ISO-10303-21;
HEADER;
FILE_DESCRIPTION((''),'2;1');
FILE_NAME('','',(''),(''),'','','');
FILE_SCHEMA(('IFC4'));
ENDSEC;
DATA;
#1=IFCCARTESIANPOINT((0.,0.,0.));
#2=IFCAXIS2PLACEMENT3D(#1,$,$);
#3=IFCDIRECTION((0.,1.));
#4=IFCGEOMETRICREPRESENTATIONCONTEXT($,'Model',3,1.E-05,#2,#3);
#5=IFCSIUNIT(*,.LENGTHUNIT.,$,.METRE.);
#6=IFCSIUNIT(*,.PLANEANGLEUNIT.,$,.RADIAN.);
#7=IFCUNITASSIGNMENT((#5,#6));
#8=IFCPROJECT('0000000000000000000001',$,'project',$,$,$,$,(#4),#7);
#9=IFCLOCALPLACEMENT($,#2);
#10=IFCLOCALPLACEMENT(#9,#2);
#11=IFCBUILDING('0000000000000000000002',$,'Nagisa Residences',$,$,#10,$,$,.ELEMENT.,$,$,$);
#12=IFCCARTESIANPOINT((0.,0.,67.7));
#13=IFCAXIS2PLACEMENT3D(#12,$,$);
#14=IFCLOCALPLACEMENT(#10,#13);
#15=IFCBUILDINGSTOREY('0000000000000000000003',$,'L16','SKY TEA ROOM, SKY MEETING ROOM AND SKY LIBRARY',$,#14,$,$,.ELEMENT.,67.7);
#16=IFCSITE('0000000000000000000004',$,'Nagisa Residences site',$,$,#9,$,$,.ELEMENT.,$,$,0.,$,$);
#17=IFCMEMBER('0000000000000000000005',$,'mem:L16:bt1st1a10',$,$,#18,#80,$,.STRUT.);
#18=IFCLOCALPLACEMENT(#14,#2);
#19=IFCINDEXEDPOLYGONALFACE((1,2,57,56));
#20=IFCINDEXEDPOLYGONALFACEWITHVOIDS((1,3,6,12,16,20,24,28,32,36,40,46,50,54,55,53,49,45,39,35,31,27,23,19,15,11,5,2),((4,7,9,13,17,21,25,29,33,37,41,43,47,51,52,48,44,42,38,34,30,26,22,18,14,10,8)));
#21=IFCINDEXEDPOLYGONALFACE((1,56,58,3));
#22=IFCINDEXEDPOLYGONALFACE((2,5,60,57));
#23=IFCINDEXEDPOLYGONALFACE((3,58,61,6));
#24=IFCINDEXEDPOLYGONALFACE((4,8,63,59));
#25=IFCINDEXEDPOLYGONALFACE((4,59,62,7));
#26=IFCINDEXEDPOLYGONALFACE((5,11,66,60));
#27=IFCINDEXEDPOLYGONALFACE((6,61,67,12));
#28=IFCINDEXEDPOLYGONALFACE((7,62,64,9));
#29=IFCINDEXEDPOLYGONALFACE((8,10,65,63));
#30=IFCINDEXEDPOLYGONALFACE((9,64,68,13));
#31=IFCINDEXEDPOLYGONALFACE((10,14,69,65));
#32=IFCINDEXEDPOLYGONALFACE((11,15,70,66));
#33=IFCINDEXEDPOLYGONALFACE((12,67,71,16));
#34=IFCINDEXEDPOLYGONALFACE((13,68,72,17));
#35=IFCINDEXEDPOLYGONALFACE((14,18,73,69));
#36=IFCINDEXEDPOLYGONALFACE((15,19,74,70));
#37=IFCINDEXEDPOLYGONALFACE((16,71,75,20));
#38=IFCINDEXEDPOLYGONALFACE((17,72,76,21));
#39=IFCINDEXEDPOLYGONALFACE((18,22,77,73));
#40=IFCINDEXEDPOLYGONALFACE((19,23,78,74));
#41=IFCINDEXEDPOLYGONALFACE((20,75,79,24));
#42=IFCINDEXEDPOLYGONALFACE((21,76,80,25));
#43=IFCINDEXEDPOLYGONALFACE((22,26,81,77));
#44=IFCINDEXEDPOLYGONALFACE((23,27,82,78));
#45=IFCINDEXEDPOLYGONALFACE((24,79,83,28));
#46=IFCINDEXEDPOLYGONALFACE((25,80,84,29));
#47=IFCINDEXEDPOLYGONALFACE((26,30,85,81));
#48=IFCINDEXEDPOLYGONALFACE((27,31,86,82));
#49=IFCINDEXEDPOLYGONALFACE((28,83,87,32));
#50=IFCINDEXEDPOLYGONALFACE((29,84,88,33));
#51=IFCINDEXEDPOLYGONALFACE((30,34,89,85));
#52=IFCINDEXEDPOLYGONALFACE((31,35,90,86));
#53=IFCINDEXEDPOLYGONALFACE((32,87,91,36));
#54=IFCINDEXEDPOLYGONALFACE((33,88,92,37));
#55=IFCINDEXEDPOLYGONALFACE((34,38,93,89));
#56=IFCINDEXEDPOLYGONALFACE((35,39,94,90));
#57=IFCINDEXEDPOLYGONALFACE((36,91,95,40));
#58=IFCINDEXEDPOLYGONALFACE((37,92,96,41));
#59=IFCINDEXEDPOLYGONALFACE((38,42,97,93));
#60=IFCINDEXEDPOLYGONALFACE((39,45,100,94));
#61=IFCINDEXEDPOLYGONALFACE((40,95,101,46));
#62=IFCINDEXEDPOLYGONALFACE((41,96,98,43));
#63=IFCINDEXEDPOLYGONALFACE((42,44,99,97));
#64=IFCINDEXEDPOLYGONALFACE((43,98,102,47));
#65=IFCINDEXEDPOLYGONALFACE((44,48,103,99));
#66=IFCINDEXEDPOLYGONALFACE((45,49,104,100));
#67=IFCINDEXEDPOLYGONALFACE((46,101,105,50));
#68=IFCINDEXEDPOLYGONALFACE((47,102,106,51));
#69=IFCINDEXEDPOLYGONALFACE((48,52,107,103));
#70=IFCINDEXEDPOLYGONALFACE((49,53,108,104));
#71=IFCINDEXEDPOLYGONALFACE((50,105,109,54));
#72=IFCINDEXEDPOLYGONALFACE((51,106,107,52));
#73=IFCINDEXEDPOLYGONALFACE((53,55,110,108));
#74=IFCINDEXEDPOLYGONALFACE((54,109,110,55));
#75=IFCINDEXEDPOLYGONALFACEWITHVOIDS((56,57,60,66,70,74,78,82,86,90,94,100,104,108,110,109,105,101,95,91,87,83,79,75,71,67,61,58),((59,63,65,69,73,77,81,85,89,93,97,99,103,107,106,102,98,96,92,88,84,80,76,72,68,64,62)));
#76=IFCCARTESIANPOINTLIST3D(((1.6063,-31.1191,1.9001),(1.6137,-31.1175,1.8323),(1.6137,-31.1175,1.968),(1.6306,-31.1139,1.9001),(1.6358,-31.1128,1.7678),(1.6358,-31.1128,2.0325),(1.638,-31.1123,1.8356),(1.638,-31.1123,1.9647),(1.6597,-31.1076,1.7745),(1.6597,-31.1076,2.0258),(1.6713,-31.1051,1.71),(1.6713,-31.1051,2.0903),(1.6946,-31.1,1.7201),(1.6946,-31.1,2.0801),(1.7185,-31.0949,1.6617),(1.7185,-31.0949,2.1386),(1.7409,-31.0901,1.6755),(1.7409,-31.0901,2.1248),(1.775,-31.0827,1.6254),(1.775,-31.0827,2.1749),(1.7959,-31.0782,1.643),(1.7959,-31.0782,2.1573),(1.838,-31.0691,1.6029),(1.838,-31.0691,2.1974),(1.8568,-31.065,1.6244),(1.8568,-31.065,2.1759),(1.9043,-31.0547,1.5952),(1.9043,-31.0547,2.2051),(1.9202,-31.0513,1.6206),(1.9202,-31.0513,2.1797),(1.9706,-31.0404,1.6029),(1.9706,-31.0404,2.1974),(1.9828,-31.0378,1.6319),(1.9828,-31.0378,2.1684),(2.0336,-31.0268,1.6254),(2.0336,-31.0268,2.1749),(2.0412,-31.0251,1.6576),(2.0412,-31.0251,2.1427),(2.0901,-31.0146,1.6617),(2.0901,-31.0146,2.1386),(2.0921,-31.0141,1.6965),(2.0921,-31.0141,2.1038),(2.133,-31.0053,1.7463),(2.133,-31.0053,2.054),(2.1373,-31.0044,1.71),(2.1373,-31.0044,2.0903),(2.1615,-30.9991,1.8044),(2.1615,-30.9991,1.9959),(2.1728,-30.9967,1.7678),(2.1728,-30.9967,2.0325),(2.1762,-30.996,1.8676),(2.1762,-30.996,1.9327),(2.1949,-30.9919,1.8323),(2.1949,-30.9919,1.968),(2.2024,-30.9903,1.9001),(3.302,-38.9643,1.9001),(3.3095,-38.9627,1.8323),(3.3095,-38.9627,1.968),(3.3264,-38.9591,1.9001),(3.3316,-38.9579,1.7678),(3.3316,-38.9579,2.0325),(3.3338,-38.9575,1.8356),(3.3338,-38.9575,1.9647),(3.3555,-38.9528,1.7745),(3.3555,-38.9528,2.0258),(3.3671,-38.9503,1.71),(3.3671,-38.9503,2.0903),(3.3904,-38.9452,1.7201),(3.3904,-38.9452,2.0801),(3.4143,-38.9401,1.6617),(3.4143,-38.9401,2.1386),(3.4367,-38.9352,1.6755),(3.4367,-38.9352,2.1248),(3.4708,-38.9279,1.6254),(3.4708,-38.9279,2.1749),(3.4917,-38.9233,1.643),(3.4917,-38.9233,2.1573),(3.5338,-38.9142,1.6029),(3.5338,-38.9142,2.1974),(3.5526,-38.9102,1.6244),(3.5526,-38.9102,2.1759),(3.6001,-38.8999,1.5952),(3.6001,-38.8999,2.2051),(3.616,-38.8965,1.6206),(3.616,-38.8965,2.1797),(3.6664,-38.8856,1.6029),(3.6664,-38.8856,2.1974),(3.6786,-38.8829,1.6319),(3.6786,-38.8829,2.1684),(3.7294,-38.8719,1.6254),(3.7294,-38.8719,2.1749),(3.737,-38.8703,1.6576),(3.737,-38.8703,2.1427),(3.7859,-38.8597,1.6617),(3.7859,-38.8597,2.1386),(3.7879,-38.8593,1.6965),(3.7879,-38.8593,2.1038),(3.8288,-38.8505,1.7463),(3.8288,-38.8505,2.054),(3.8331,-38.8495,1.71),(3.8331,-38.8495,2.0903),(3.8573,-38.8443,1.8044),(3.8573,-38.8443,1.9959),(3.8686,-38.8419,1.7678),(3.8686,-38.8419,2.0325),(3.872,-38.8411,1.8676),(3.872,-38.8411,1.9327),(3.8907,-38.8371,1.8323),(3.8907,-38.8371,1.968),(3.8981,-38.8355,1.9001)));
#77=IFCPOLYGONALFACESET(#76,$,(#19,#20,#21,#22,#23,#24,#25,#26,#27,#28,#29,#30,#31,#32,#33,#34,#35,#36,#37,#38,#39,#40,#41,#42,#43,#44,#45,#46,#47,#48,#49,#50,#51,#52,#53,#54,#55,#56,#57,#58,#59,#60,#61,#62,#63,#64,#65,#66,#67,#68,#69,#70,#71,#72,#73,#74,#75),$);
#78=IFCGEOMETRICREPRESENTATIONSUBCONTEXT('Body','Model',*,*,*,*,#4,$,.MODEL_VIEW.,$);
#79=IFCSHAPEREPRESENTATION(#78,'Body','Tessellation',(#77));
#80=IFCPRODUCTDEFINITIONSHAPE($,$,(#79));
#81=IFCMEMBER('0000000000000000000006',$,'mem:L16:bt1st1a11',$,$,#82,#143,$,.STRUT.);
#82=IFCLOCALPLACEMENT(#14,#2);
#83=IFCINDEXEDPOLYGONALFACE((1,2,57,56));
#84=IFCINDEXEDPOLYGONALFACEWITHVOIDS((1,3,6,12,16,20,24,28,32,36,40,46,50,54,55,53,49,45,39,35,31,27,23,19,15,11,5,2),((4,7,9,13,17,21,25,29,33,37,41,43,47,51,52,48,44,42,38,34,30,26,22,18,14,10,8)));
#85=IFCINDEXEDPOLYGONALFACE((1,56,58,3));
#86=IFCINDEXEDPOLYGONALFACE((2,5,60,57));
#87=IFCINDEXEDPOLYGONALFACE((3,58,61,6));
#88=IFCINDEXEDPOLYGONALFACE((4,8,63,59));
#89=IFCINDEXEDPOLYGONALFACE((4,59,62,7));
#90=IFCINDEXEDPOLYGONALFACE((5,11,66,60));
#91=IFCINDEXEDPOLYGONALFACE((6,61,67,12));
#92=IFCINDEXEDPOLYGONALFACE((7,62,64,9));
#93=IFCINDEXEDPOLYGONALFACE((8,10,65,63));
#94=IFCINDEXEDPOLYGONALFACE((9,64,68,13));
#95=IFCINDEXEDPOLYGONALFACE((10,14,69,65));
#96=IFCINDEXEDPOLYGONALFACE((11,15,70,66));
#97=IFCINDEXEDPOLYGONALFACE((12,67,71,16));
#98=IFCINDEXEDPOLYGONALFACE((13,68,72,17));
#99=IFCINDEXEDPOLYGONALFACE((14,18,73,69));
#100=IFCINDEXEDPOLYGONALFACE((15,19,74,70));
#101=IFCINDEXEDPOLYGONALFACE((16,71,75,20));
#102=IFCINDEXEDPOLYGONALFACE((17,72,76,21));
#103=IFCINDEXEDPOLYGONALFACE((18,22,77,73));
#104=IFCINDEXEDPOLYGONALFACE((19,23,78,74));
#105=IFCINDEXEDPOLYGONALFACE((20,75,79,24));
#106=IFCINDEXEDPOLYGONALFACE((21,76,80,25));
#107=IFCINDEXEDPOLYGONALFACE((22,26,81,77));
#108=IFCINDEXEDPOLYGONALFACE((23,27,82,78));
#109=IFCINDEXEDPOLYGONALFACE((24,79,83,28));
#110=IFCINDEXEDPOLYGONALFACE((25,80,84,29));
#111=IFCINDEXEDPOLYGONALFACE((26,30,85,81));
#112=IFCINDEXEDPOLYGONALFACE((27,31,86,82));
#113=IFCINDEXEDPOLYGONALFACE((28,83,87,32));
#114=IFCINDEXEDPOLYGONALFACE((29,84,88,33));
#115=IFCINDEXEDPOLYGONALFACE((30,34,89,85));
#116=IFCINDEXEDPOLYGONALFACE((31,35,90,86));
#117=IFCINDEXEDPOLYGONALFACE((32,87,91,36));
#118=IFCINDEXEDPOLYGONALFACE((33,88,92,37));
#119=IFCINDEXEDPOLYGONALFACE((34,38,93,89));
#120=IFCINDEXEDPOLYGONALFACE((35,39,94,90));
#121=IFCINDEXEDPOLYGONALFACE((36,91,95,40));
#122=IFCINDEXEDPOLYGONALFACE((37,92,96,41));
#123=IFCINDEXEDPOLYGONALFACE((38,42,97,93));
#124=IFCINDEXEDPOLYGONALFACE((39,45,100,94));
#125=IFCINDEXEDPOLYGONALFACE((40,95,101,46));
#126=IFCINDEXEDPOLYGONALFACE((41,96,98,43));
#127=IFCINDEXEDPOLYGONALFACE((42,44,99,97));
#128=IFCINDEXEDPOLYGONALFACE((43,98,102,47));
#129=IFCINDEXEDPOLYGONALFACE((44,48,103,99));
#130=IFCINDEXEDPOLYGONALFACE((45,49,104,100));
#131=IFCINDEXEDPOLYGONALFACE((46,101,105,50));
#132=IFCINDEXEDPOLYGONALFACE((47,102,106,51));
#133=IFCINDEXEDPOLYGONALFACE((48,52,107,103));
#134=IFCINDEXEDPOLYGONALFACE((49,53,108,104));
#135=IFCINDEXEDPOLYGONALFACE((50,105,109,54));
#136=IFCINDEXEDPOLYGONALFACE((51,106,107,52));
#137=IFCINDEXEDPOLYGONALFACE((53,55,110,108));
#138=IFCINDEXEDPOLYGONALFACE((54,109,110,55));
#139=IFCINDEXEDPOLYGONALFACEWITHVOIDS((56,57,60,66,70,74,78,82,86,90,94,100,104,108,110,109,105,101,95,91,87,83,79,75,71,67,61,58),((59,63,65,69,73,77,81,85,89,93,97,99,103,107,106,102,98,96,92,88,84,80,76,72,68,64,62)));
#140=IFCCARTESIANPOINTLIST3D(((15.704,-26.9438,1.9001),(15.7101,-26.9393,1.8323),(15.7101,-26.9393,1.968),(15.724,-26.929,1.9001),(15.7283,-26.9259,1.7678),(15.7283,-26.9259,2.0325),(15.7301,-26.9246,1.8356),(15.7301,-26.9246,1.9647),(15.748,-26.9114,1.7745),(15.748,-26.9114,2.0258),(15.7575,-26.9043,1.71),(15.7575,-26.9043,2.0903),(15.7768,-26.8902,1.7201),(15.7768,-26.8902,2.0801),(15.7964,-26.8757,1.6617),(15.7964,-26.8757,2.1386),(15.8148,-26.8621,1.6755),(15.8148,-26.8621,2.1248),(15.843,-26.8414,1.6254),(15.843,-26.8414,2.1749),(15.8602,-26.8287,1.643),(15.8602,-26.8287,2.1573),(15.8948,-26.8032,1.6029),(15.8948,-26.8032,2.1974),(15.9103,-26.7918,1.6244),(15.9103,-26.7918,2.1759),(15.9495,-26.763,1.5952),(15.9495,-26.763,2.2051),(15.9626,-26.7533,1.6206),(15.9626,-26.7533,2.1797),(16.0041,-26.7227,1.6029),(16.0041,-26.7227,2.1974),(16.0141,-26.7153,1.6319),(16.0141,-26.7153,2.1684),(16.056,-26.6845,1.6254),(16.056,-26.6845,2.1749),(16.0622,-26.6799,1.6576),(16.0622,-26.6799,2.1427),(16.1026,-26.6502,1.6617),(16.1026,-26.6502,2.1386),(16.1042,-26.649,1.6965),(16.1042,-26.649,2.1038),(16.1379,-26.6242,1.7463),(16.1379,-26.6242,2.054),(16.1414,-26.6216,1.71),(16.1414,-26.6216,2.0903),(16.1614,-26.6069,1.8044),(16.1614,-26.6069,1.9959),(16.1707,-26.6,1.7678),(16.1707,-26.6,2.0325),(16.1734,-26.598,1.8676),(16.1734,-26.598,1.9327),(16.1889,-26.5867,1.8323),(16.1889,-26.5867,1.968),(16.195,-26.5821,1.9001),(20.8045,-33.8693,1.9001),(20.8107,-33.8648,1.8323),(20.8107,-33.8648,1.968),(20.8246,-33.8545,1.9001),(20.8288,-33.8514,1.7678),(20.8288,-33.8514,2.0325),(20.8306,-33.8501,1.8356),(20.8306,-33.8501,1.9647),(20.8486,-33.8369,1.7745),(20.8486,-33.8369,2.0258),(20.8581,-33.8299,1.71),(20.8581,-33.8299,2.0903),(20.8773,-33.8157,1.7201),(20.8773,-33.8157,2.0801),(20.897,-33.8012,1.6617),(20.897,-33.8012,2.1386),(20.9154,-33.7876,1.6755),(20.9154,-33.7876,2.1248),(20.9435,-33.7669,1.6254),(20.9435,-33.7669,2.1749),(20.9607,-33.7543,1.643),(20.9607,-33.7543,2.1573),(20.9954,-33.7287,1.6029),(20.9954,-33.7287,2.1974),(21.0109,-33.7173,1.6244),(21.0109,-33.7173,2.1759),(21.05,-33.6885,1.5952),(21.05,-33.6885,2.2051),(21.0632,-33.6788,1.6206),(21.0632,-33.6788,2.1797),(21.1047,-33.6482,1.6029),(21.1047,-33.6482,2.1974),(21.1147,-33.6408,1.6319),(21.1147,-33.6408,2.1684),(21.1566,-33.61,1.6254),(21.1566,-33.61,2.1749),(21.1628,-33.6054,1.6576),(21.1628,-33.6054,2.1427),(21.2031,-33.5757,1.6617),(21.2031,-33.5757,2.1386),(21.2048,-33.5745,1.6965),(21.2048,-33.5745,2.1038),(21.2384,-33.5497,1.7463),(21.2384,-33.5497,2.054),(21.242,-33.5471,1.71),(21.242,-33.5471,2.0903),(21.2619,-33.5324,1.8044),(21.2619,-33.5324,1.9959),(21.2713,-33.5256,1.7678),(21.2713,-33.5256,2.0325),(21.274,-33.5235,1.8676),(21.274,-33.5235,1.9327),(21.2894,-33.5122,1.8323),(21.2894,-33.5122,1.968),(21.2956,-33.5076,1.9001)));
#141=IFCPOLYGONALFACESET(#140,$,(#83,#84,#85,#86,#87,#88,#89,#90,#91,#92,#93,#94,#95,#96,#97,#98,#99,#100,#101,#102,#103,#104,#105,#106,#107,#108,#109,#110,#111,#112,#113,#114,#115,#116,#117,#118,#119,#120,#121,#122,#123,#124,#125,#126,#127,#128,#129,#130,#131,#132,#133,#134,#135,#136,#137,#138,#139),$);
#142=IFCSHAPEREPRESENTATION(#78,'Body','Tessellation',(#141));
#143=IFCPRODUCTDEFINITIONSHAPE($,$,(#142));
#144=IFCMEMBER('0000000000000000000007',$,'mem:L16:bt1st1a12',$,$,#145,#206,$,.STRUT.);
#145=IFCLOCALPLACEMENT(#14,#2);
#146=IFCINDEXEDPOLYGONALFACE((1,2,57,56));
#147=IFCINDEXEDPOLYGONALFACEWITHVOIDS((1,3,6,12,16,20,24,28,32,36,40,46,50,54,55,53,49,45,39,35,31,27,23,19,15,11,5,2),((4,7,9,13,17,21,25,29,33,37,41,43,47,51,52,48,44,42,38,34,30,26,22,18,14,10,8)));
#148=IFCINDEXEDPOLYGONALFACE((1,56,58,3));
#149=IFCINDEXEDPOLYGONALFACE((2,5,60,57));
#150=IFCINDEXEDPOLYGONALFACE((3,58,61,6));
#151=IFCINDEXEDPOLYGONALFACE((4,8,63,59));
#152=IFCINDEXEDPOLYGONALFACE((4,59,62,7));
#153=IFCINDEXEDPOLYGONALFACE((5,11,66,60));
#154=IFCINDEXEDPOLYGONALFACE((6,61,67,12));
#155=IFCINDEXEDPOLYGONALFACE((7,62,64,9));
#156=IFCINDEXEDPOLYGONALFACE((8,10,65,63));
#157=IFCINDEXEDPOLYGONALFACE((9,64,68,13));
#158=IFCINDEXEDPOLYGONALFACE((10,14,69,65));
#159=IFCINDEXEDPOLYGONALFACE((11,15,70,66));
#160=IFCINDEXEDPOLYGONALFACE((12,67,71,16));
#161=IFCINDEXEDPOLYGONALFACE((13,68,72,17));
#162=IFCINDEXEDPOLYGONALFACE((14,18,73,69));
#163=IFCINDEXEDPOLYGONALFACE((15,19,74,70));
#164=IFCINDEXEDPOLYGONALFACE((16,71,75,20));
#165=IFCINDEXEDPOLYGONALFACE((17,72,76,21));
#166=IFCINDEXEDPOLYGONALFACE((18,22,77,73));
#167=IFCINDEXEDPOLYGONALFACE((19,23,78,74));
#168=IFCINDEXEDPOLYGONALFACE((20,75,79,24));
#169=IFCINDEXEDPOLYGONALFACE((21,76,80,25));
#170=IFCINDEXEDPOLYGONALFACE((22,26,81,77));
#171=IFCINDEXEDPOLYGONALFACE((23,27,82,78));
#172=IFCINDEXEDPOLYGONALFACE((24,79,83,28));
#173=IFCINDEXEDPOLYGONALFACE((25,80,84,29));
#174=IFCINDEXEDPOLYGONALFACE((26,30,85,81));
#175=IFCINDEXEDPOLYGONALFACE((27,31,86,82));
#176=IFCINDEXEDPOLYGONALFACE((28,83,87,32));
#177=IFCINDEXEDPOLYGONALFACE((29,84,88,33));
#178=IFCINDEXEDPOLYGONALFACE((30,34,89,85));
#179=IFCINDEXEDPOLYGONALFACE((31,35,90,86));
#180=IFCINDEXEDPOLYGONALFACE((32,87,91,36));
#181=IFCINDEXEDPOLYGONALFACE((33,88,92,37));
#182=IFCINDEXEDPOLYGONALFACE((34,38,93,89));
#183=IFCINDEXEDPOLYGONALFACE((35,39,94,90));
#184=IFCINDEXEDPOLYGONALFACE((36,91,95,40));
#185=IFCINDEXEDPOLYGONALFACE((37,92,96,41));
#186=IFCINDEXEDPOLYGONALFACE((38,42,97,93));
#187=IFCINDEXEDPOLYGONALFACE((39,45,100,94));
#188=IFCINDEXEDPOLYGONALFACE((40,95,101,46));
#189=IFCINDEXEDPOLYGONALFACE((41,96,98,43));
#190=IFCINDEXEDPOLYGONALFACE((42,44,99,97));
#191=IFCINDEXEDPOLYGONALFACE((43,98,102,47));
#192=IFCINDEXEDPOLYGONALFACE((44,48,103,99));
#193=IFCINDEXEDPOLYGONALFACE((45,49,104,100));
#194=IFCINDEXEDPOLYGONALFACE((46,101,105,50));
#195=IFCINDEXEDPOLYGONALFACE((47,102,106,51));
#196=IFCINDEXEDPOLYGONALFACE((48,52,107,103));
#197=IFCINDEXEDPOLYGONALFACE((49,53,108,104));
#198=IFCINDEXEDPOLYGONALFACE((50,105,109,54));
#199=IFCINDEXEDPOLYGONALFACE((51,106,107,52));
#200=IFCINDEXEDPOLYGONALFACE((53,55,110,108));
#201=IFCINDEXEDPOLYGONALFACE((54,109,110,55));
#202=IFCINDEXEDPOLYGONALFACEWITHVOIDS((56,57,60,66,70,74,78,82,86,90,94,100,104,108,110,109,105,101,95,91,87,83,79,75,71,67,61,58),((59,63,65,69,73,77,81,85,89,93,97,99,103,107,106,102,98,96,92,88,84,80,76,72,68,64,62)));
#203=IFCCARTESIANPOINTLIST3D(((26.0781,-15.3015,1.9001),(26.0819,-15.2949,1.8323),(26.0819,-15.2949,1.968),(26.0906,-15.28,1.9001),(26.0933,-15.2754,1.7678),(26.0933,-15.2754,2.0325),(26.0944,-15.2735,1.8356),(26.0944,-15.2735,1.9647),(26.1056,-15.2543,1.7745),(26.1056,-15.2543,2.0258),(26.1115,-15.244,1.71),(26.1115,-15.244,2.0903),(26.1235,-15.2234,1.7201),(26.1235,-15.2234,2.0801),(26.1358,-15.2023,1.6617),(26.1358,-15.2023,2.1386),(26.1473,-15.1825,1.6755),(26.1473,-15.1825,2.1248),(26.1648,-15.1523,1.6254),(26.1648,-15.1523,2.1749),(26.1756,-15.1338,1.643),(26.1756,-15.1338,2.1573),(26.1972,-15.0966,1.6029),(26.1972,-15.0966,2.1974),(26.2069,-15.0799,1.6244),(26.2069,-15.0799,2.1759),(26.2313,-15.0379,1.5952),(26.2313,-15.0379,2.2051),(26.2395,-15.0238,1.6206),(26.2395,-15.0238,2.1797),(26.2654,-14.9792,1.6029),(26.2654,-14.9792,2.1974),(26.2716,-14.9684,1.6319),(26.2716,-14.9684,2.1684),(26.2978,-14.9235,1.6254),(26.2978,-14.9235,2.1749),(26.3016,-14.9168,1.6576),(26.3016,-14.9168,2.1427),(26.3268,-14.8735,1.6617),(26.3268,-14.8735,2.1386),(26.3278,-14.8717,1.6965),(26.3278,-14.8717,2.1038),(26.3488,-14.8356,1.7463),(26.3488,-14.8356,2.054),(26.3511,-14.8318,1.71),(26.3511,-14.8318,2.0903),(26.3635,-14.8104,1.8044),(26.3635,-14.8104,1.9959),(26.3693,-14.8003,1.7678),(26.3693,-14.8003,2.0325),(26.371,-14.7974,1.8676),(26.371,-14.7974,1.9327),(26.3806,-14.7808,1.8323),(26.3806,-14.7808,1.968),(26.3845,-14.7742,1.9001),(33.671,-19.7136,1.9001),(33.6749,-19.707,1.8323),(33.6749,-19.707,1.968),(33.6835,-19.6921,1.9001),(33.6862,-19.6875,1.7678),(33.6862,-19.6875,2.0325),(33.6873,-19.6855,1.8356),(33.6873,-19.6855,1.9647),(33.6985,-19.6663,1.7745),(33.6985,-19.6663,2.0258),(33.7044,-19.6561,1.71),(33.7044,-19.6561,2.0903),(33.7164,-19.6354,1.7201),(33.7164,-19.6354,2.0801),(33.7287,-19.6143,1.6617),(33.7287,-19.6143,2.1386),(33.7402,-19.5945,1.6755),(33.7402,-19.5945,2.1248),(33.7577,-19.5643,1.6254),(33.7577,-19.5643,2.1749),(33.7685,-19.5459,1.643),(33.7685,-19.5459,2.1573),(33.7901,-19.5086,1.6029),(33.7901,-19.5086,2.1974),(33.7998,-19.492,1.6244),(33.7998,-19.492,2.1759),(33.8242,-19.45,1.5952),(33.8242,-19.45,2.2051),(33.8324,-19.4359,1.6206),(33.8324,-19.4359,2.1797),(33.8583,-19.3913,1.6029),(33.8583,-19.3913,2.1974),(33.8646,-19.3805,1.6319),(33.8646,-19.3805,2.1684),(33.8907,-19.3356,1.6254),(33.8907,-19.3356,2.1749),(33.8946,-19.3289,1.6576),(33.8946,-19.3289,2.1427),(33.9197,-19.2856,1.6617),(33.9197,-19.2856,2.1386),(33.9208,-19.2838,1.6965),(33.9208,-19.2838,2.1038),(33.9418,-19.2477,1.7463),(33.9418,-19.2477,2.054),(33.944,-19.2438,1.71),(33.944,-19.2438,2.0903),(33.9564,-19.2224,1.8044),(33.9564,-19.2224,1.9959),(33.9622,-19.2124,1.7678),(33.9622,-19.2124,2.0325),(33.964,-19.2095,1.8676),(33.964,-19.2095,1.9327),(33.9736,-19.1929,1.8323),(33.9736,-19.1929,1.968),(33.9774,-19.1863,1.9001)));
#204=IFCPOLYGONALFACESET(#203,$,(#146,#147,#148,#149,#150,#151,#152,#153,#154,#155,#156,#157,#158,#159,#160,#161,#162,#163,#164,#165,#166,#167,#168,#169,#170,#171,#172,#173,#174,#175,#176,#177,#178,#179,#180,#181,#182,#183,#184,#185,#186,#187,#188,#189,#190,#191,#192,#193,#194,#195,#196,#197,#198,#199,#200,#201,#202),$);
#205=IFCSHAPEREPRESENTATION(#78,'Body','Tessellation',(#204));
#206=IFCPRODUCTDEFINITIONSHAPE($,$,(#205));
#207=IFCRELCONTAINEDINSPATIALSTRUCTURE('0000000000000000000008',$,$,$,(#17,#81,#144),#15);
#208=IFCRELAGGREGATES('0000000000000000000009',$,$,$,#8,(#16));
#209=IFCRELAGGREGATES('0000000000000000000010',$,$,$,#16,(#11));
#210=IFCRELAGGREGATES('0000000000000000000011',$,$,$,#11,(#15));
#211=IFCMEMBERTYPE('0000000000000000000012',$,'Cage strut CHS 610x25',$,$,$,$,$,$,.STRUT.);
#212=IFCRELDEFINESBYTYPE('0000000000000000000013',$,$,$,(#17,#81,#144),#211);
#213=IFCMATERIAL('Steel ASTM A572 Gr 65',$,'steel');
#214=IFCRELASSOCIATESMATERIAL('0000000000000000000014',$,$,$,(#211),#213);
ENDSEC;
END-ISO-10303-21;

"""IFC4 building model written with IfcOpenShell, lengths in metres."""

from ifc_helpers import new_model, si_unit, direction, frame, origin, origin_2d, place, context, subcontext, project, spatial, hollow_circle, extrude, material, material_profile, profile_set, type_object, element, save


model = new_model("IFC4")

# Units and contexts
model_context = context("Model", 3, precision=1e-05, world=origin(), true_north=direction((0.0, 1.0)))
body_context = subcontext(model_context, "Body", "Model", "MODEL_VIEW")
ifc_project = project(units=[si_unit("LENGTHUNIT", "METRE"), si_unit("PLANEANGLEUNIT", "RADIAN")], contexts=[model_context])

# Site, building, storey
site_placement = place(None, origin())
site = spatial("IfcSite", under=ifc_project, at=site_placement, Name="Nagisa Residences site", CompositionType="ELEMENT", RefElevation=0.0)
building_placement = place(site_placement, origin())
building = spatial("IfcBuilding", under=site, at=building_placement, Name="Nagisa Residences", CompositionType="ELEMENT")
storey_placement = place(building_placement, frame((0.0, 0.0, 67.7)))
storey = spatial("IfcBuildingStorey", under=building, at=storey_placement, Name="L16", Description="SKY TEA ROOM, SKY MEETING ROOM AND SKY LIBRARY", CompositionType="ELEMENT", Elevation=67.7)

# Members
ifc_material_1 = material(Name="Steel ASTM A572 Gr 65", Category="steel")
ifc_material_profile_1 = material_profile(ifc_material_1, hollow_circle(Radius=0.3049, WallThickness=0.0249, at=origin_2d()), Name="CHS 610x25")
ifc_profile_set_1 = profile_set([ifc_material_profile_1], Name="Steel ASTM A572 Gr 65")
member_type_1 = type_object("IfcMemberType", Name="Cage strut CHS 610x25", PredefinedType="STRUT", material=ifc_profile_set_1)
member_1_placement = place(storey_placement, frame((3.6001, -38.8999, 1.9001), z_axis=(-0.211278, 0.977426, 0.0), x_axis=(-0.977426, -0.211278, 0.0)))
element("IfcMember", 1, at=member_1_placement, inside=storey, type_object=member_type_1, Name="mem:L16:bt1st1a10", PredefinedType="STRUT", context=body_context, shape_type="SweptSolid", body=[
    extrude(hollow_circle(Radius=0.3049, WallThickness=0.0249, at=origin_2d()), origin(), (0.0, 0.0, 1.0), 8.0264),
])
member_2_placement = place(storey_placement, frame((21.05, -33.6885, 1.9001), z_axis=(-0.593015, 0.805191, 0.0), x_axis=(-0.805191, -0.593015, 0.0)))
element("IfcMember", 2, at=member_2_placement, inside=storey, type_object=member_type_1, Name="mem:L16:bt1st1a11", PredefinedType="STRUT", context=body_context, shape_type="SweptSolid", body=[
    extrude(hollow_circle(Radius=0.3049, WallThickness=0.0249, at=origin_2d()), origin(), (0.0, 0.0, 1.0), 8.6011),
])
member_3_placement = place(storey_placement, frame((33.8242, -19.45, 1.9001), z_axis=(-0.864628, 0.502413, 0.0), x_axis=(-0.502413, -0.864628, 0.0)))
element("IfcMember", 3, at=member_3_placement, inside=storey, type_object=member_type_1, Name="mem:L16:bt1st1a12", PredefinedType="STRUT", context=body_context, shape_type="SweptSolid", body=[
    extrude(hollow_circle(Radius=0.3049, WallThickness=0.0249, at=origin_2d()), origin(), (0.0, 0.0, 1.0), 8.7817),
])

save(model, "model.ifc")
